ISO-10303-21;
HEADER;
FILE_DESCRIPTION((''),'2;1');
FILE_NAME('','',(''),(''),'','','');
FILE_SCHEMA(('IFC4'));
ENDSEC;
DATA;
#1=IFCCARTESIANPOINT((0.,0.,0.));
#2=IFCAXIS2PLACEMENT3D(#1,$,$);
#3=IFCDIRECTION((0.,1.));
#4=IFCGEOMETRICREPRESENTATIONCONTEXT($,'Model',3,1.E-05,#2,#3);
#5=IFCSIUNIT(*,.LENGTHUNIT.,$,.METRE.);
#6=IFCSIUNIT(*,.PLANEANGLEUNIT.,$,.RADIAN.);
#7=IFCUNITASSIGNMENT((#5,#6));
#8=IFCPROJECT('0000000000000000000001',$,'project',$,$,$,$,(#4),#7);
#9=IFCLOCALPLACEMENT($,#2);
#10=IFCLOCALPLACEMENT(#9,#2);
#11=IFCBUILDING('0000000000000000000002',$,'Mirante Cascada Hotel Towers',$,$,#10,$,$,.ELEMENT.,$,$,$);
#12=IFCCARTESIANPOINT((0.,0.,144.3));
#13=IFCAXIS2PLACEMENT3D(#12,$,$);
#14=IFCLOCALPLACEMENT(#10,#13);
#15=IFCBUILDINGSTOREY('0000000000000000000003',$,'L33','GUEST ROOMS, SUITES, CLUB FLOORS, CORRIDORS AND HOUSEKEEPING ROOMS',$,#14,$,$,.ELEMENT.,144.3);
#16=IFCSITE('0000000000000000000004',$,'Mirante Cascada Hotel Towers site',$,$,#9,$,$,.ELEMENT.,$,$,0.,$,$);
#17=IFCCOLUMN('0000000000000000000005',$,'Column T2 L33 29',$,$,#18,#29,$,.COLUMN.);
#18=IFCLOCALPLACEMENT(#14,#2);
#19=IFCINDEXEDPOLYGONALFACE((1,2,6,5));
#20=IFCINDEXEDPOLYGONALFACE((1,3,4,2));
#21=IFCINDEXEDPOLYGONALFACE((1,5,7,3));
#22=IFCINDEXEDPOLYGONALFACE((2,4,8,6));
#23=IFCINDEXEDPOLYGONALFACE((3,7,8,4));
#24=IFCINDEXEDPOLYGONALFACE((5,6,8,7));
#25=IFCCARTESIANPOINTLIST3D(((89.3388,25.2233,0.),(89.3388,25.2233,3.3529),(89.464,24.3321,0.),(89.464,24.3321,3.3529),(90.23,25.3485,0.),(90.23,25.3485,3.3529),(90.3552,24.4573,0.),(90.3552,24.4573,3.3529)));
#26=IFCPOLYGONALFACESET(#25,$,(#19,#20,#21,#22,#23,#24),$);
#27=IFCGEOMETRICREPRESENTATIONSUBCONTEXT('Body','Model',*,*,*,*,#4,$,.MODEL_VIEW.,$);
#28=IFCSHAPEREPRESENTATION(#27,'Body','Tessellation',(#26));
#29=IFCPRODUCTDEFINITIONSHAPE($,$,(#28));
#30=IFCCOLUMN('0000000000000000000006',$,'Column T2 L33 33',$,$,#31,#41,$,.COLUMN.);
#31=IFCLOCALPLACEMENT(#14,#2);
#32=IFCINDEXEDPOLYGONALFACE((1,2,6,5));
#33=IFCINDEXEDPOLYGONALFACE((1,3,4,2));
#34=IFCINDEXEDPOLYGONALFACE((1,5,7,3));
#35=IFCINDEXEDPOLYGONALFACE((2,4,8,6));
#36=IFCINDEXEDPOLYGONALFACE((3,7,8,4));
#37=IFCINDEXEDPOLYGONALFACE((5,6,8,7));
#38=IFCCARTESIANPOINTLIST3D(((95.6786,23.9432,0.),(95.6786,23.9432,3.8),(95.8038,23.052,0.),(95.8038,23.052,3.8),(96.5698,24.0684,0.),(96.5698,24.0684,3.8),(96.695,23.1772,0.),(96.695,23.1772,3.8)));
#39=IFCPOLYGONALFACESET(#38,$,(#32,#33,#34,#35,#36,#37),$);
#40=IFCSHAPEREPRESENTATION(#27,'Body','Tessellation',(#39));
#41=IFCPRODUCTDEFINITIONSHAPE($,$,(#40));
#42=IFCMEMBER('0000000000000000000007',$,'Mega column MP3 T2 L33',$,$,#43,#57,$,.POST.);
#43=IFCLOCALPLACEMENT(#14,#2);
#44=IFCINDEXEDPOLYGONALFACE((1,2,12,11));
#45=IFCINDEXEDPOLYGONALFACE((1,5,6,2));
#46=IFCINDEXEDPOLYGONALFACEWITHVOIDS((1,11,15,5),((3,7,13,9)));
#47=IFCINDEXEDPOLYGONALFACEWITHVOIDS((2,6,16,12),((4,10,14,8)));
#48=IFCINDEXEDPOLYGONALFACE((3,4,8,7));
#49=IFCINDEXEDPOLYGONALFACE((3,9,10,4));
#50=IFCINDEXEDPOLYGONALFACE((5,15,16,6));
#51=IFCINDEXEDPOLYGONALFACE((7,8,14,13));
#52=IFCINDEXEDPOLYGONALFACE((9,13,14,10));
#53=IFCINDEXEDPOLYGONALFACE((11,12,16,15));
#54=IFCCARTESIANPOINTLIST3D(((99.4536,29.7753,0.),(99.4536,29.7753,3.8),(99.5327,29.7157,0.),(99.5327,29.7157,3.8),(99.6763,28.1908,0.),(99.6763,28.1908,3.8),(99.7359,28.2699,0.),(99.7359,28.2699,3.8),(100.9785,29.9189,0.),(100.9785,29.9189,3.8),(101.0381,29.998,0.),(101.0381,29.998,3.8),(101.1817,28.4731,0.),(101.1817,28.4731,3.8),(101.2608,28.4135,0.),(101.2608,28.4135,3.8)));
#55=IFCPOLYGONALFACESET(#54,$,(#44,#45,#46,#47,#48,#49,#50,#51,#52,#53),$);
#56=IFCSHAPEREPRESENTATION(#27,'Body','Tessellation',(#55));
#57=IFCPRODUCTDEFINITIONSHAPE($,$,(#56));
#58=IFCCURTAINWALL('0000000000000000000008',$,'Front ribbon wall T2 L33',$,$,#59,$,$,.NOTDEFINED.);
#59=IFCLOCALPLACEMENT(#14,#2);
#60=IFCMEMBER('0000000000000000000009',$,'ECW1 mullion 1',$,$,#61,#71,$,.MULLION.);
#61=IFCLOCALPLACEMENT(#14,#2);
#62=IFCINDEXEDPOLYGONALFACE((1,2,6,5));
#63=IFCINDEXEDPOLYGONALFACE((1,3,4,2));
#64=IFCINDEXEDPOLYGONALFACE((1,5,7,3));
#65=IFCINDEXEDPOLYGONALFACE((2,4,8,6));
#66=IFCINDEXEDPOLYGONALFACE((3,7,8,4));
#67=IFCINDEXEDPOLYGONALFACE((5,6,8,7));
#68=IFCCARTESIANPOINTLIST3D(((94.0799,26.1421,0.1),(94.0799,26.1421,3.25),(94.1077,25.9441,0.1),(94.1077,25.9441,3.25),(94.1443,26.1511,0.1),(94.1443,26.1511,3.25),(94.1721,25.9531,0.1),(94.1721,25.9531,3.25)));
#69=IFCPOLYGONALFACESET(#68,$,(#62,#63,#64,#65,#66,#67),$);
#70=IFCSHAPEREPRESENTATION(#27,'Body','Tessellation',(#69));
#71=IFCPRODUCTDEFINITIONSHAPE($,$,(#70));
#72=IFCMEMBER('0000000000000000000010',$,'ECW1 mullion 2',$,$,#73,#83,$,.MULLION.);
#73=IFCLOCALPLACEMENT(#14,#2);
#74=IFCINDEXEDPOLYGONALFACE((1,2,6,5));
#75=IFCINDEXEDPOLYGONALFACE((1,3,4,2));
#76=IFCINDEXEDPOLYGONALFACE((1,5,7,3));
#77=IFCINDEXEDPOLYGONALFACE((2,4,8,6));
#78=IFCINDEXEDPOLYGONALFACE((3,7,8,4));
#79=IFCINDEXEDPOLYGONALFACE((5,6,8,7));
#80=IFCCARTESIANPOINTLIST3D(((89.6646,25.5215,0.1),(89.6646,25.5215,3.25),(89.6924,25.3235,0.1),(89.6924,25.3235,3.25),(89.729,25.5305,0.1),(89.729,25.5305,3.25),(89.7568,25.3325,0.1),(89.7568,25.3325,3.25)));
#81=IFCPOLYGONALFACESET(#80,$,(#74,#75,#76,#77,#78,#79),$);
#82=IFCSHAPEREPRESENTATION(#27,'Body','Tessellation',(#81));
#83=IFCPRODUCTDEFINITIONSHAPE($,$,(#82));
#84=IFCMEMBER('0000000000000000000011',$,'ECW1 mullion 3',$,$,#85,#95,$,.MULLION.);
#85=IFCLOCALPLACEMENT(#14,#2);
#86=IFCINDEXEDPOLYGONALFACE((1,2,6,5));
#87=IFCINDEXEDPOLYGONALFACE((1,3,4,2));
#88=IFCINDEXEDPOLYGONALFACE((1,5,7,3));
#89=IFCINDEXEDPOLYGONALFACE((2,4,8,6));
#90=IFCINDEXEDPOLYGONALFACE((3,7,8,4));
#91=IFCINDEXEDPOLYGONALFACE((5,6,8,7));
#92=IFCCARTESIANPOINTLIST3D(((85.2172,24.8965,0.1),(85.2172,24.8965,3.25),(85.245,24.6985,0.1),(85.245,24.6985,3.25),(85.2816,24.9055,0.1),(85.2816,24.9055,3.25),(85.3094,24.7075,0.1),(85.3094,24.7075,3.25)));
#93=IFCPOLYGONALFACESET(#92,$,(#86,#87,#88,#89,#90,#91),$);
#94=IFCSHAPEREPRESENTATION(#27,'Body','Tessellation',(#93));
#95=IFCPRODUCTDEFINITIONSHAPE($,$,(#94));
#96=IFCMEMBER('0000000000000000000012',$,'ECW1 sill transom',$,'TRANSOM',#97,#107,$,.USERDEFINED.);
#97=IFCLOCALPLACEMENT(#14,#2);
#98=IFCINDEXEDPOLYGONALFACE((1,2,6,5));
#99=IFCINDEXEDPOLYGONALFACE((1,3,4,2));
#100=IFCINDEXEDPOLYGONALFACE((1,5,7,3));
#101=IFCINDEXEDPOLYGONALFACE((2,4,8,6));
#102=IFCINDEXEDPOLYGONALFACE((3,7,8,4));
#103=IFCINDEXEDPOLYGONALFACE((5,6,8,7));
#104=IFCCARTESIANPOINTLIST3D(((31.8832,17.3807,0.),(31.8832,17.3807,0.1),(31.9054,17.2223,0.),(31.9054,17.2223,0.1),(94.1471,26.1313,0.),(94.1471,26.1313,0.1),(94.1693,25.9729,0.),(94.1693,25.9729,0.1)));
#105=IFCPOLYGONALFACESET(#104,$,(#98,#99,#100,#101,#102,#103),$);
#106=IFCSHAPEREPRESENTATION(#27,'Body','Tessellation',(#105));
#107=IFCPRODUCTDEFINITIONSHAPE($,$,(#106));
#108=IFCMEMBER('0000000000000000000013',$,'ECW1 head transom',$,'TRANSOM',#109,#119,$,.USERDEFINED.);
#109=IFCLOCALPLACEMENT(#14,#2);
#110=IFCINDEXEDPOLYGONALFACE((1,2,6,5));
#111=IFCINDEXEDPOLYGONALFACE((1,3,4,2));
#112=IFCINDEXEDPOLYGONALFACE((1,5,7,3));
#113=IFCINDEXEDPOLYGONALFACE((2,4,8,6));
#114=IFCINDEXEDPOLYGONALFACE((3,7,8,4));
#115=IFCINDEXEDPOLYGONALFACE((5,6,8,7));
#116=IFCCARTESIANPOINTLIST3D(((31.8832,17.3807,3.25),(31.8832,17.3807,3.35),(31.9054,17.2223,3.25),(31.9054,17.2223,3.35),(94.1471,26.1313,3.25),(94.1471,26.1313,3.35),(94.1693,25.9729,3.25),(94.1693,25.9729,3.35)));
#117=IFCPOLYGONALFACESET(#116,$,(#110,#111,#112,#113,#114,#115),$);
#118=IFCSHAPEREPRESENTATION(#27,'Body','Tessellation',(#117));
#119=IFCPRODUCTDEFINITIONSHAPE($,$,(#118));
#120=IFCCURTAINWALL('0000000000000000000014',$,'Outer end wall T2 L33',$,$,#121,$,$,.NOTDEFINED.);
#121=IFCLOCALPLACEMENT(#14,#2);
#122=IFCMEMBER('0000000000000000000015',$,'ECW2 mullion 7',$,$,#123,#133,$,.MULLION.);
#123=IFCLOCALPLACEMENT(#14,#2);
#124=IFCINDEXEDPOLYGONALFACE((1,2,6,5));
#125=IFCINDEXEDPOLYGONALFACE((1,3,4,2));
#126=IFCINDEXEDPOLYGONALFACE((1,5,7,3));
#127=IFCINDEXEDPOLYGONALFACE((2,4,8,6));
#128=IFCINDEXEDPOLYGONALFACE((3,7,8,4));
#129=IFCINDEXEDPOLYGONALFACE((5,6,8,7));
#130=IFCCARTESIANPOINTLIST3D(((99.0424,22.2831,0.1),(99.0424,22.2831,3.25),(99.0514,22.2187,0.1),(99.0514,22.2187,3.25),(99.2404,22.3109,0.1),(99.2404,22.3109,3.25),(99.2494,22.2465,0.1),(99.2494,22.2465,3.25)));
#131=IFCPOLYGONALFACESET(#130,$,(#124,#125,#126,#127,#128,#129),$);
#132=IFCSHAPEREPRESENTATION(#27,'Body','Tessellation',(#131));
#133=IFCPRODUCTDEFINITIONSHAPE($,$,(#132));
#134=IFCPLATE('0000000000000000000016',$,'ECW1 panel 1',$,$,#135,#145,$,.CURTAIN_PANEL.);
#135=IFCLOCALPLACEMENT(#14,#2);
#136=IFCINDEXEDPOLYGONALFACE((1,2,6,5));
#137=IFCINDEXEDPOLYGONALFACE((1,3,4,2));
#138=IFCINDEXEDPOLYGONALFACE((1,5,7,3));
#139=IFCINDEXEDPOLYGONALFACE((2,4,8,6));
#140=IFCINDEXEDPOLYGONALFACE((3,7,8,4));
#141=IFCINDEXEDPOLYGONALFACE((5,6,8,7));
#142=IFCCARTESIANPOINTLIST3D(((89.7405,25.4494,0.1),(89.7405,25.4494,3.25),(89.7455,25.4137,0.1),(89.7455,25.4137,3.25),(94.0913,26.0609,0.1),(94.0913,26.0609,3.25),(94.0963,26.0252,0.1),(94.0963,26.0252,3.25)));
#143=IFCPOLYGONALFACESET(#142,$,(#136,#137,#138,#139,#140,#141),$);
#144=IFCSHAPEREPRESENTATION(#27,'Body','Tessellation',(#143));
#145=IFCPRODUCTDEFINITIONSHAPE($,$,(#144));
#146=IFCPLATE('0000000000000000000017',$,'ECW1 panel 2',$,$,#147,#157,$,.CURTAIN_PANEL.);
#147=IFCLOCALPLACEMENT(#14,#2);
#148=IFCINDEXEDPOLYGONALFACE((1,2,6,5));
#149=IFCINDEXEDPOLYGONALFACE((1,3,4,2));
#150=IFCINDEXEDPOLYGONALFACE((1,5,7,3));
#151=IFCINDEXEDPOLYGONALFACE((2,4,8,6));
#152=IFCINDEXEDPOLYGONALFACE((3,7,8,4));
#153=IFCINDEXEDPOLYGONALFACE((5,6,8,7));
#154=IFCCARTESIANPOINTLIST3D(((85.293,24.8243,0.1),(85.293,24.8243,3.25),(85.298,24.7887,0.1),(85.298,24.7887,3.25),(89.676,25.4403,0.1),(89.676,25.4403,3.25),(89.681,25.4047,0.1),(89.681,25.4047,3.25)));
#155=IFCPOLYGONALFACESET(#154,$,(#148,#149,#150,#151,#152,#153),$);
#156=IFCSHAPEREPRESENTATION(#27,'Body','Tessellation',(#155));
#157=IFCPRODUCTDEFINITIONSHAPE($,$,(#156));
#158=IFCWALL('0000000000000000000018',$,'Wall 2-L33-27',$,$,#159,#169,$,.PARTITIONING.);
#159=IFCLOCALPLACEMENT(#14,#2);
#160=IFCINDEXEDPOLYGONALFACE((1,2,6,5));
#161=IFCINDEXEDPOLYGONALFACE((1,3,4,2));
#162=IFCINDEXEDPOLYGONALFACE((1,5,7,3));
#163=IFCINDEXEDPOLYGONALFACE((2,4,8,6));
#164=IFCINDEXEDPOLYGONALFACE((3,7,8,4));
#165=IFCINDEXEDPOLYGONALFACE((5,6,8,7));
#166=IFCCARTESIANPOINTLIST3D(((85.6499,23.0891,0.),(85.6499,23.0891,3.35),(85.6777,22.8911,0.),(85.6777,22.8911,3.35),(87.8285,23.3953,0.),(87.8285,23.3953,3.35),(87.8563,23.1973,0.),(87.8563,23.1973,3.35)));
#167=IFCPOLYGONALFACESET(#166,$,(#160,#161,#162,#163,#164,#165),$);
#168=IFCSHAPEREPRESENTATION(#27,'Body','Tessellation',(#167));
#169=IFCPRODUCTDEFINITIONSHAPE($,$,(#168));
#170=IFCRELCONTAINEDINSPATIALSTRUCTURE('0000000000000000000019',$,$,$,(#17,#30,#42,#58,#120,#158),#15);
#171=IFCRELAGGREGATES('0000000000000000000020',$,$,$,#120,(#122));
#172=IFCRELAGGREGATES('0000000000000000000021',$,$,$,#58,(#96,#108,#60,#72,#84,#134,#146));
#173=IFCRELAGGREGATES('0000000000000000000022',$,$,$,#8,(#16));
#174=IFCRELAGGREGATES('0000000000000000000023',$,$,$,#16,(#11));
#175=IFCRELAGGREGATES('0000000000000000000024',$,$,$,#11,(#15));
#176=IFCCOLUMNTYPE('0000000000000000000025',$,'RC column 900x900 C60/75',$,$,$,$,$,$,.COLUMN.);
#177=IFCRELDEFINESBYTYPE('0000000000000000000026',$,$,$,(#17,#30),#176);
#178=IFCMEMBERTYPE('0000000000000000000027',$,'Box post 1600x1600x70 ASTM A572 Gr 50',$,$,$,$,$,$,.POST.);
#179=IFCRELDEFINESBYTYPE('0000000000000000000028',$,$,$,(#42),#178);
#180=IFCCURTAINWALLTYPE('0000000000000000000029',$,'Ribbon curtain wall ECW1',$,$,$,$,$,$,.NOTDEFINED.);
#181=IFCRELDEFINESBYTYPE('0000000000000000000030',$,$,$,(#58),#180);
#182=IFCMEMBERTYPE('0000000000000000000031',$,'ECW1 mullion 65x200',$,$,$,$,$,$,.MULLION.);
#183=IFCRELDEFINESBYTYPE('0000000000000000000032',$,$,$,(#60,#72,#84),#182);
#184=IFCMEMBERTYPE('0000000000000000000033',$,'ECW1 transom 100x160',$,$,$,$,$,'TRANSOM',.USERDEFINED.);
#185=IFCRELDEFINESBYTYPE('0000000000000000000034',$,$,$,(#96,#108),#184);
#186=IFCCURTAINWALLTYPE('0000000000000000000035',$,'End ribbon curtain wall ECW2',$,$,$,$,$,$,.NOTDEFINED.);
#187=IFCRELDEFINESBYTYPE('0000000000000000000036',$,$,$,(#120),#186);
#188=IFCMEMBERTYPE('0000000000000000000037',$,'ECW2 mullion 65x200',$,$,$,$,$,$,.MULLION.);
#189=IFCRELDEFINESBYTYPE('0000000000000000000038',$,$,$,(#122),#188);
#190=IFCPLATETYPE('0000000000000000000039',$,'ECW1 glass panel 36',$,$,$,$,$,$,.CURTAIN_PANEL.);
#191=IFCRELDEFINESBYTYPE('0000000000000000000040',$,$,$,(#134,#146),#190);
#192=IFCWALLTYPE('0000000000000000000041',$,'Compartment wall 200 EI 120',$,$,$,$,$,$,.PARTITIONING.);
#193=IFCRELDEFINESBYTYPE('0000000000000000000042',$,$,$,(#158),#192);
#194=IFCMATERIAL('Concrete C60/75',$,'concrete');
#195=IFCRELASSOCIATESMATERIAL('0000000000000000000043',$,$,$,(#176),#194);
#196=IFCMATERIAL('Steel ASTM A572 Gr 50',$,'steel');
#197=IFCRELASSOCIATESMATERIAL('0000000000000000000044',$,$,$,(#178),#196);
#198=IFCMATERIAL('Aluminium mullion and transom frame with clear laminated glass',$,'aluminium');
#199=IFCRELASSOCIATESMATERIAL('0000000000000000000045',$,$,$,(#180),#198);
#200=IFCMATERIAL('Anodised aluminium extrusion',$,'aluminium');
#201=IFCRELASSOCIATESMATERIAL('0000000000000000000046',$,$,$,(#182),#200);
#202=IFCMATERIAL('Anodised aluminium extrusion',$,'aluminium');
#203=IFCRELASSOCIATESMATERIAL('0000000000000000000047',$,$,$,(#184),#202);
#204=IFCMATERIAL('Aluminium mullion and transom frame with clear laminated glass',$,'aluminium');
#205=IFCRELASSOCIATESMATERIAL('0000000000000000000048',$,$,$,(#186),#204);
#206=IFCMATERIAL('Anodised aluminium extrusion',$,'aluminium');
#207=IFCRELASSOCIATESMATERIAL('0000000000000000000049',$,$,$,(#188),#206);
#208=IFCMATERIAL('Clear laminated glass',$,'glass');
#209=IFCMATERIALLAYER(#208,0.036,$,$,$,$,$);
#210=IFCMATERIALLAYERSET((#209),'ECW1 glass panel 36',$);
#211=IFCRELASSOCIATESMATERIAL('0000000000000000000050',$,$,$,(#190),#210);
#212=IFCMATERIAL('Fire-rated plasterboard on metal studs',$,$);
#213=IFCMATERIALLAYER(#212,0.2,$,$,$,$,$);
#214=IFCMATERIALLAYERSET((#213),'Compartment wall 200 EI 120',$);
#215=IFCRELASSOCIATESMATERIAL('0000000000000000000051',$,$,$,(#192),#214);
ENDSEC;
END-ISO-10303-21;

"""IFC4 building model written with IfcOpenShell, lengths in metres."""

from ifc_helpers import new_model, si_unit, direction, frame, frame_2d, origin, origin_2d, place, context, subcontext, project, spatial, rectangle, hollow_rectangle, extrude, material, layer, layer_set, material_profile, profile_set, type_object, element, aggregate, save


model = new_model("IFC4")

# Units and contexts
model_context = context("Model", 3, precision=1e-05, world=origin(), true_north=direction((0.0, 1.0)))
body_context = subcontext(model_context, "Body", "Model", "MODEL_VIEW")
ifc_project = project(units=[si_unit("LENGTHUNIT", "METRE"), si_unit("PLANEANGLEUNIT", "RADIAN")], contexts=[model_context])

# Site, building, storey
site_placement = place(None, origin())
site = spatial("IfcSite", under=ifc_project, at=site_placement, Name="Mirante Cascada Hotel Towers site", CompositionType="ELEMENT", RefElevation=0.0)
building_placement = place(site_placement, origin())
building = spatial("IfcBuilding", under=site, at=building_placement, Name="Mirante Cascada Hotel Towers", CompositionType="ELEMENT")
storey_placement = place(building_placement, frame((0.0, 0.0, 144.3)))
storey = spatial("IfcBuildingStorey", under=building, at=storey_placement, Name="L33", Description="GUEST ROOMS, SUITES, CLUB FLOORS, CORRIDORS AND HOUSEKEEPING ROOMS", CompositionType="ELEMENT", Elevation=144.3)

# Columns
ifc_material_1 = material(Name="Concrete C60/75", Category="concrete")
ifc_material_profile_1 = material_profile(ifc_material_1, rectangle(XDim=0.9, YDim=0.9, at=origin_2d()), Name="RC column 900x900 C60/75")
ifc_profile_set_1 = profile_set([ifc_material_profile_1], Name="Concrete C60/75")
column_type = type_object("IfcColumnType", Name="RC column 900x900 C60/75", PredefinedType="COLUMN", material=ifc_profile_set_1)
column_1_placement = place(storey_placement, frame((89.847, 24.8403, 0.0), z_axis=(0.0, 0.0, 1.0), x_axis=(0.990268, 0.139173, 0.0)))
element("IfcColumn", 1, at=column_1_placement, inside=storey, type_object=column_type, Name="Column T2 L33 29", PredefinedType="COLUMN", context=body_context, shape_type="SweptSolid", body=[
    extrude(rectangle(XDim=0.9, YDim=0.9, at=origin_2d()), origin(), (0.0, 0.0, 1.0), 3.3529),
])
column_2_placement = place(storey_placement, frame((96.1868, 23.5602, 0.0), z_axis=(0.0, 0.0, 1.0), x_axis=(0.990268, 0.139173, 0.0)))
element("IfcColumn", 2, at=column_2_placement, inside=storey, type_object=column_type, Name="Column T2 L33 33", PredefinedType="COLUMN", context=body_context, shape_type="SweptSolid", body=[
    extrude(rectangle(XDim=0.9, YDim=0.9, at=origin_2d()), origin(), (0.0, 0.0, 1.0), 3.8),
])

# Member
ifc_material_2 = material(Name="Steel ASTM A572 Gr 50", Category="steel")
ifc_material_profile_2 = material_profile(ifc_material_2, hollow_rectangle(XDim=1.6, YDim=1.6, WallThickness=0.07, at=origin_2d()), Name="Box post 1600x1600x70 ASTM A572 Gr 50")
ifc_profile_set_2 = profile_set([ifc_material_profile_2], Name="Steel ASTM A572 Gr 50")
member_type_1 = type_object("IfcMemberType", Name="Box post 1600x1600x70 ASTM A572 Gr 50", PredefinedType="POST", material=ifc_profile_set_2)
member_1_placement = place(storey_placement, frame((100.3572, 29.0944, 0.0), z_axis=(0.0, 0.0, 1.0), x_axis=(0.990268, 0.139173, 0.0)))
element("IfcMember", 3, at=member_1_placement, inside=storey, type_object=member_type_1, Name="Mega column MP3 T2 L33", PredefinedType="POST", context=body_context, shape_type="SweptSolid", body=[
    extrude(hollow_rectangle(XDim=1.6, YDim=1.6, WallThickness=0.07, at=origin_2d()), origin(), (0.0, 0.0, 1.0), 3.8),
])

# Curtain wall, members
ifc_material_3 = material(Name="Aluminium mullion and transom frame with clear laminated glass", Category="aluminium")
curtain_wall_type_1 = type_object("IfcCurtainWallType", Name="Ribbon curtain wall ECW1", PredefinedType="NOTDEFINED", material=ifc_material_3)
curtain_wall_1_placement = place(storey_placement, origin())
curtain_wall_1 = element("IfcCurtainWall", 4, at=curtain_wall_1_placement, inside=storey, type_object=curtain_wall_type_1, Name="Front ribbon wall T2 L33", PredefinedType="NOTDEFINED")
ifc_material_4 = material(Name="Anodised aluminium extrusion", Category="aluminium")
ifc_material_profile_3 = material_profile(ifc_material_4, rectangle(XDim=0.2, YDim=0.065, at=origin_2d()), Name="ECW1 MULLION 65x200")
ifc_profile_set_3 = profile_set([ifc_material_profile_3], Name="Anodised aluminium extrusion")
member_type_2 = type_object("IfcMemberType", Name="ECW1 mullion 65x200", PredefinedType="MULLION", material=ifc_profile_set_3)
member_2_placement = place(storey_placement, frame((94.126, 26.0476, 0.1), z_axis=(0.0, 0.0, 1.0), x_axis=(0.139173, -0.990268, 0.0)))
member_2 = element("IfcMember", 5, at=member_2_placement, type_object=member_type_2, Name="ECW1 mullion 1", PredefinedType="MULLION", context=body_context, shape_type="SweptSolid", body=[
    extrude(rectangle(XDim=0.2, YDim=0.065, at=origin_2d()), origin(), (0.0, 0.0, 1.0), 3.15),
])
member_3_placement = place(storey_placement, frame((89.7107, 25.427, 0.1), z_axis=(0.0, 0.0, 1.0), x_axis=(0.139173, -0.990268, 0.0)))
member_3 = element("IfcMember", 6, at=member_3_placement, type_object=member_type_2, Name="ECW1 mullion 2", PredefinedType="MULLION", context=body_context, shape_type="SweptSolid", body=[
    extrude(rectangle(XDim=0.2, YDim=0.065, at=origin_2d()), origin(), (0.0, 0.0, 1.0), 3.15),
])
member_4_placement = place(storey_placement, frame((85.2633, 24.802, 0.1), z_axis=(0.0, 0.0, 1.0), x_axis=(0.139173, -0.990268, 0.0)))
member_4 = element("IfcMember", 7, at=member_4_placement, type_object=member_type_2, Name="ECW1 mullion 3", PredefinedType="MULLION", context=body_context, shape_type="SweptSolid", body=[
    extrude(rectangle(XDim=0.2, YDim=0.065, at=origin_2d()), origin(), (0.0, 0.0, 1.0), 3.15),
])
ifc_material_5 = material(Name="Anodised aluminium extrusion", Category="aluminium")
ifc_material_profile_4 = material_profile(ifc_material_5, rectangle(XDim=0.16, YDim=0.1, at=origin_2d()), Name="ECW1 TRANSOM 100x160")
ifc_profile_set_4 = profile_set([ifc_material_profile_4], Name="Anodised aluminium extrusion")
member_type_3 = type_object("IfcMemberType", Name="ECW1 transom 100x160", ElementType="TRANSOM", PredefinedType="USERDEFINED", material=ifc_profile_set_4)
member_5_placement = place(storey_placement, frame((94.1582, 26.0521, 0.05), z_axis=(-0.990268, -0.139173, 0.0), x_axis=(0.139173, -0.990268, 0.0)))
member_5 = element("IfcMember", 8, at=member_5_placement, type_object=member_type_3, Name="ECW1 sill transom", ObjectType="TRANSOM", PredefinedType="USERDEFINED", context=body_context, shape_type="SweptSolid", body=[
    extrude(rectangle(XDim=0.16, YDim=0.1, at=origin_2d()), origin(), (0.0, 0.0, 1.0), 62.8758),
])
member_6_placement = place(storey_placement, frame((94.1582, 26.0521, 3.3), z_axis=(-0.990268, -0.139173, 0.0), x_axis=(0.139173, -0.990268, 0.0)))
member_6 = element("IfcMember", 9, at=member_6_placement, type_object=member_type_3, Name="ECW1 head transom", ObjectType="TRANSOM", PredefinedType="USERDEFINED", context=body_context, shape_type="SweptSolid", body=[
    extrude(rectangle(XDim=0.16, YDim=0.1, at=origin_2d()), origin(), (0.0, 0.0, 1.0), 62.8758),
])

# Curtain wall, member
ifc_material_6 = material(Name="Aluminium mullion and transom frame with clear laminated glass", Category="aluminium")
curtain_wall_type_2 = type_object("IfcCurtainWallType", Name="End ribbon curtain wall ECW2", PredefinedType="NOTDEFINED", material=ifc_material_6)
curtain_wall_2_placement = place(storey_placement, origin())
curtain_wall_2 = element("IfcCurtainWall", 10, at=curtain_wall_2_placement, inside=storey, type_object=curtain_wall_type_2, Name="Outer end wall T2 L33", PredefinedType="NOTDEFINED")
ifc_material_7 = material(Name="Anodised aluminium extrusion", Category="aluminium")
ifc_material_profile_5 = material_profile(ifc_material_7, rectangle(XDim=0.2, YDim=0.065, at=origin_2d()), Name="ECW2 MULLION 65x200")
ifc_profile_set_5 = profile_set([ifc_material_profile_5], Name="Anodised aluminium extrusion")
member_type_4 = type_object("IfcMemberType", Name="ECW2 mullion 65x200", PredefinedType="MULLION", material=ifc_profile_set_5)
member_7_placement = place(storey_placement, frame((99.1459, 22.2648, 0.1), z_axis=(0.0, 0.0, 1.0), x_axis=(-0.990268, -0.139173, 0.0)))
member_7 = element("IfcMember", 11, at=member_7_placement, type_object=member_type_4, Name="ECW2 mullion 7", PredefinedType="MULLION", context=body_context, shape_type="SweptSolid", body=[
    extrude(rectangle(XDim=0.2, YDim=0.065, at=origin_2d()), origin(), (0.0, 0.0, 1.0), 3.15),
])
aggregate(curtain_wall_2, [member_7])

# Plates
ifc_material_8 = material(Name="Clear laminated glass", Category="glass")
ifc_layer_1 = layer(ifc_material_8, 0.036)
ifc_layer_set_1 = layer_set([ifc_layer_1], Name="ECW1 glass panel 36")
plate_type = type_object("IfcPlateType", Name="ECW1 glass panel 36", PredefinedType="CURTAIN_PANEL", material=ifc_layer_set_1)
plate_1_placement = place(storey_placement, frame((91.9184, 25.7373, 0.1), z_axis=(0.0, 0.0, 1.0), x_axis=(-0.990268, -0.139173, 0.0)))
plate_1 = element("IfcPlate", 12, at=plate_1_placement, type_object=plate_type, Name="ECW1 panel 1", PredefinedType="CURTAIN_PANEL", context=body_context, shape_type="SweptSolid", body=[
    extrude(rectangle(XDim=4.3936, YDim=0.036, at=origin_2d()), origin(), (0.0, 0.0, 1.0), 3.15),
])
plate_2_placement = place(storey_placement, frame((87.487, 25.1145, 0.1), z_axis=(0.0, 0.0, 1.0), x_axis=(-0.990268, -0.139173, 0.0)))
plate_2 = element("IfcPlate", 13, at=plate_2_placement, type_object=plate_type, Name="ECW1 panel 2", PredefinedType="CURTAIN_PANEL", context=body_context, shape_type="SweptSolid", body=[
    extrude(rectangle(XDim=4.4261, YDim=0.036, at=origin_2d()), origin(), (0.0, 0.0, 1.0), 3.15),
])
aggregate(curtain_wall_1, [member_5, member_6, member_2, member_3, member_4, plate_1, plate_2])

# Wall
ifc_material_9 = material(Name="Fire-rated plasterboard on metal studs")
ifc_layer_2 = layer(ifc_material_9, 0.2)
ifc_layer_set_2 = layer_set([ifc_layer_2], Name="Compartment wall 200 EI 120")
wall_type_1 = type_object("IfcWallType", Name="Compartment wall 200 EI 120", PredefinedType="PARTITIONING", material=ifc_layer_set_2)
wall_1_placement = place(storey_placement, frame((87.8424, 23.2963, 0.0), z_axis=(0.0, 0.0, 1.0), x_axis=(-0.990267, -0.139181, 0.0)))
element("IfcWall", 14, at=wall_1_placement, inside=storey, type_object=wall_type_1, Name="Wall 2-L33-27", PredefinedType="PARTITIONING", context=body_context, shape_type="SweptSolid", body=[
    extrude(rectangle(XDim=2.2, YDim=0.2, at=frame_2d((1.1, 0.0))), origin(), (0.0, 0.0, 1.0), 3.35),
])

save(model, "model.ifc")
